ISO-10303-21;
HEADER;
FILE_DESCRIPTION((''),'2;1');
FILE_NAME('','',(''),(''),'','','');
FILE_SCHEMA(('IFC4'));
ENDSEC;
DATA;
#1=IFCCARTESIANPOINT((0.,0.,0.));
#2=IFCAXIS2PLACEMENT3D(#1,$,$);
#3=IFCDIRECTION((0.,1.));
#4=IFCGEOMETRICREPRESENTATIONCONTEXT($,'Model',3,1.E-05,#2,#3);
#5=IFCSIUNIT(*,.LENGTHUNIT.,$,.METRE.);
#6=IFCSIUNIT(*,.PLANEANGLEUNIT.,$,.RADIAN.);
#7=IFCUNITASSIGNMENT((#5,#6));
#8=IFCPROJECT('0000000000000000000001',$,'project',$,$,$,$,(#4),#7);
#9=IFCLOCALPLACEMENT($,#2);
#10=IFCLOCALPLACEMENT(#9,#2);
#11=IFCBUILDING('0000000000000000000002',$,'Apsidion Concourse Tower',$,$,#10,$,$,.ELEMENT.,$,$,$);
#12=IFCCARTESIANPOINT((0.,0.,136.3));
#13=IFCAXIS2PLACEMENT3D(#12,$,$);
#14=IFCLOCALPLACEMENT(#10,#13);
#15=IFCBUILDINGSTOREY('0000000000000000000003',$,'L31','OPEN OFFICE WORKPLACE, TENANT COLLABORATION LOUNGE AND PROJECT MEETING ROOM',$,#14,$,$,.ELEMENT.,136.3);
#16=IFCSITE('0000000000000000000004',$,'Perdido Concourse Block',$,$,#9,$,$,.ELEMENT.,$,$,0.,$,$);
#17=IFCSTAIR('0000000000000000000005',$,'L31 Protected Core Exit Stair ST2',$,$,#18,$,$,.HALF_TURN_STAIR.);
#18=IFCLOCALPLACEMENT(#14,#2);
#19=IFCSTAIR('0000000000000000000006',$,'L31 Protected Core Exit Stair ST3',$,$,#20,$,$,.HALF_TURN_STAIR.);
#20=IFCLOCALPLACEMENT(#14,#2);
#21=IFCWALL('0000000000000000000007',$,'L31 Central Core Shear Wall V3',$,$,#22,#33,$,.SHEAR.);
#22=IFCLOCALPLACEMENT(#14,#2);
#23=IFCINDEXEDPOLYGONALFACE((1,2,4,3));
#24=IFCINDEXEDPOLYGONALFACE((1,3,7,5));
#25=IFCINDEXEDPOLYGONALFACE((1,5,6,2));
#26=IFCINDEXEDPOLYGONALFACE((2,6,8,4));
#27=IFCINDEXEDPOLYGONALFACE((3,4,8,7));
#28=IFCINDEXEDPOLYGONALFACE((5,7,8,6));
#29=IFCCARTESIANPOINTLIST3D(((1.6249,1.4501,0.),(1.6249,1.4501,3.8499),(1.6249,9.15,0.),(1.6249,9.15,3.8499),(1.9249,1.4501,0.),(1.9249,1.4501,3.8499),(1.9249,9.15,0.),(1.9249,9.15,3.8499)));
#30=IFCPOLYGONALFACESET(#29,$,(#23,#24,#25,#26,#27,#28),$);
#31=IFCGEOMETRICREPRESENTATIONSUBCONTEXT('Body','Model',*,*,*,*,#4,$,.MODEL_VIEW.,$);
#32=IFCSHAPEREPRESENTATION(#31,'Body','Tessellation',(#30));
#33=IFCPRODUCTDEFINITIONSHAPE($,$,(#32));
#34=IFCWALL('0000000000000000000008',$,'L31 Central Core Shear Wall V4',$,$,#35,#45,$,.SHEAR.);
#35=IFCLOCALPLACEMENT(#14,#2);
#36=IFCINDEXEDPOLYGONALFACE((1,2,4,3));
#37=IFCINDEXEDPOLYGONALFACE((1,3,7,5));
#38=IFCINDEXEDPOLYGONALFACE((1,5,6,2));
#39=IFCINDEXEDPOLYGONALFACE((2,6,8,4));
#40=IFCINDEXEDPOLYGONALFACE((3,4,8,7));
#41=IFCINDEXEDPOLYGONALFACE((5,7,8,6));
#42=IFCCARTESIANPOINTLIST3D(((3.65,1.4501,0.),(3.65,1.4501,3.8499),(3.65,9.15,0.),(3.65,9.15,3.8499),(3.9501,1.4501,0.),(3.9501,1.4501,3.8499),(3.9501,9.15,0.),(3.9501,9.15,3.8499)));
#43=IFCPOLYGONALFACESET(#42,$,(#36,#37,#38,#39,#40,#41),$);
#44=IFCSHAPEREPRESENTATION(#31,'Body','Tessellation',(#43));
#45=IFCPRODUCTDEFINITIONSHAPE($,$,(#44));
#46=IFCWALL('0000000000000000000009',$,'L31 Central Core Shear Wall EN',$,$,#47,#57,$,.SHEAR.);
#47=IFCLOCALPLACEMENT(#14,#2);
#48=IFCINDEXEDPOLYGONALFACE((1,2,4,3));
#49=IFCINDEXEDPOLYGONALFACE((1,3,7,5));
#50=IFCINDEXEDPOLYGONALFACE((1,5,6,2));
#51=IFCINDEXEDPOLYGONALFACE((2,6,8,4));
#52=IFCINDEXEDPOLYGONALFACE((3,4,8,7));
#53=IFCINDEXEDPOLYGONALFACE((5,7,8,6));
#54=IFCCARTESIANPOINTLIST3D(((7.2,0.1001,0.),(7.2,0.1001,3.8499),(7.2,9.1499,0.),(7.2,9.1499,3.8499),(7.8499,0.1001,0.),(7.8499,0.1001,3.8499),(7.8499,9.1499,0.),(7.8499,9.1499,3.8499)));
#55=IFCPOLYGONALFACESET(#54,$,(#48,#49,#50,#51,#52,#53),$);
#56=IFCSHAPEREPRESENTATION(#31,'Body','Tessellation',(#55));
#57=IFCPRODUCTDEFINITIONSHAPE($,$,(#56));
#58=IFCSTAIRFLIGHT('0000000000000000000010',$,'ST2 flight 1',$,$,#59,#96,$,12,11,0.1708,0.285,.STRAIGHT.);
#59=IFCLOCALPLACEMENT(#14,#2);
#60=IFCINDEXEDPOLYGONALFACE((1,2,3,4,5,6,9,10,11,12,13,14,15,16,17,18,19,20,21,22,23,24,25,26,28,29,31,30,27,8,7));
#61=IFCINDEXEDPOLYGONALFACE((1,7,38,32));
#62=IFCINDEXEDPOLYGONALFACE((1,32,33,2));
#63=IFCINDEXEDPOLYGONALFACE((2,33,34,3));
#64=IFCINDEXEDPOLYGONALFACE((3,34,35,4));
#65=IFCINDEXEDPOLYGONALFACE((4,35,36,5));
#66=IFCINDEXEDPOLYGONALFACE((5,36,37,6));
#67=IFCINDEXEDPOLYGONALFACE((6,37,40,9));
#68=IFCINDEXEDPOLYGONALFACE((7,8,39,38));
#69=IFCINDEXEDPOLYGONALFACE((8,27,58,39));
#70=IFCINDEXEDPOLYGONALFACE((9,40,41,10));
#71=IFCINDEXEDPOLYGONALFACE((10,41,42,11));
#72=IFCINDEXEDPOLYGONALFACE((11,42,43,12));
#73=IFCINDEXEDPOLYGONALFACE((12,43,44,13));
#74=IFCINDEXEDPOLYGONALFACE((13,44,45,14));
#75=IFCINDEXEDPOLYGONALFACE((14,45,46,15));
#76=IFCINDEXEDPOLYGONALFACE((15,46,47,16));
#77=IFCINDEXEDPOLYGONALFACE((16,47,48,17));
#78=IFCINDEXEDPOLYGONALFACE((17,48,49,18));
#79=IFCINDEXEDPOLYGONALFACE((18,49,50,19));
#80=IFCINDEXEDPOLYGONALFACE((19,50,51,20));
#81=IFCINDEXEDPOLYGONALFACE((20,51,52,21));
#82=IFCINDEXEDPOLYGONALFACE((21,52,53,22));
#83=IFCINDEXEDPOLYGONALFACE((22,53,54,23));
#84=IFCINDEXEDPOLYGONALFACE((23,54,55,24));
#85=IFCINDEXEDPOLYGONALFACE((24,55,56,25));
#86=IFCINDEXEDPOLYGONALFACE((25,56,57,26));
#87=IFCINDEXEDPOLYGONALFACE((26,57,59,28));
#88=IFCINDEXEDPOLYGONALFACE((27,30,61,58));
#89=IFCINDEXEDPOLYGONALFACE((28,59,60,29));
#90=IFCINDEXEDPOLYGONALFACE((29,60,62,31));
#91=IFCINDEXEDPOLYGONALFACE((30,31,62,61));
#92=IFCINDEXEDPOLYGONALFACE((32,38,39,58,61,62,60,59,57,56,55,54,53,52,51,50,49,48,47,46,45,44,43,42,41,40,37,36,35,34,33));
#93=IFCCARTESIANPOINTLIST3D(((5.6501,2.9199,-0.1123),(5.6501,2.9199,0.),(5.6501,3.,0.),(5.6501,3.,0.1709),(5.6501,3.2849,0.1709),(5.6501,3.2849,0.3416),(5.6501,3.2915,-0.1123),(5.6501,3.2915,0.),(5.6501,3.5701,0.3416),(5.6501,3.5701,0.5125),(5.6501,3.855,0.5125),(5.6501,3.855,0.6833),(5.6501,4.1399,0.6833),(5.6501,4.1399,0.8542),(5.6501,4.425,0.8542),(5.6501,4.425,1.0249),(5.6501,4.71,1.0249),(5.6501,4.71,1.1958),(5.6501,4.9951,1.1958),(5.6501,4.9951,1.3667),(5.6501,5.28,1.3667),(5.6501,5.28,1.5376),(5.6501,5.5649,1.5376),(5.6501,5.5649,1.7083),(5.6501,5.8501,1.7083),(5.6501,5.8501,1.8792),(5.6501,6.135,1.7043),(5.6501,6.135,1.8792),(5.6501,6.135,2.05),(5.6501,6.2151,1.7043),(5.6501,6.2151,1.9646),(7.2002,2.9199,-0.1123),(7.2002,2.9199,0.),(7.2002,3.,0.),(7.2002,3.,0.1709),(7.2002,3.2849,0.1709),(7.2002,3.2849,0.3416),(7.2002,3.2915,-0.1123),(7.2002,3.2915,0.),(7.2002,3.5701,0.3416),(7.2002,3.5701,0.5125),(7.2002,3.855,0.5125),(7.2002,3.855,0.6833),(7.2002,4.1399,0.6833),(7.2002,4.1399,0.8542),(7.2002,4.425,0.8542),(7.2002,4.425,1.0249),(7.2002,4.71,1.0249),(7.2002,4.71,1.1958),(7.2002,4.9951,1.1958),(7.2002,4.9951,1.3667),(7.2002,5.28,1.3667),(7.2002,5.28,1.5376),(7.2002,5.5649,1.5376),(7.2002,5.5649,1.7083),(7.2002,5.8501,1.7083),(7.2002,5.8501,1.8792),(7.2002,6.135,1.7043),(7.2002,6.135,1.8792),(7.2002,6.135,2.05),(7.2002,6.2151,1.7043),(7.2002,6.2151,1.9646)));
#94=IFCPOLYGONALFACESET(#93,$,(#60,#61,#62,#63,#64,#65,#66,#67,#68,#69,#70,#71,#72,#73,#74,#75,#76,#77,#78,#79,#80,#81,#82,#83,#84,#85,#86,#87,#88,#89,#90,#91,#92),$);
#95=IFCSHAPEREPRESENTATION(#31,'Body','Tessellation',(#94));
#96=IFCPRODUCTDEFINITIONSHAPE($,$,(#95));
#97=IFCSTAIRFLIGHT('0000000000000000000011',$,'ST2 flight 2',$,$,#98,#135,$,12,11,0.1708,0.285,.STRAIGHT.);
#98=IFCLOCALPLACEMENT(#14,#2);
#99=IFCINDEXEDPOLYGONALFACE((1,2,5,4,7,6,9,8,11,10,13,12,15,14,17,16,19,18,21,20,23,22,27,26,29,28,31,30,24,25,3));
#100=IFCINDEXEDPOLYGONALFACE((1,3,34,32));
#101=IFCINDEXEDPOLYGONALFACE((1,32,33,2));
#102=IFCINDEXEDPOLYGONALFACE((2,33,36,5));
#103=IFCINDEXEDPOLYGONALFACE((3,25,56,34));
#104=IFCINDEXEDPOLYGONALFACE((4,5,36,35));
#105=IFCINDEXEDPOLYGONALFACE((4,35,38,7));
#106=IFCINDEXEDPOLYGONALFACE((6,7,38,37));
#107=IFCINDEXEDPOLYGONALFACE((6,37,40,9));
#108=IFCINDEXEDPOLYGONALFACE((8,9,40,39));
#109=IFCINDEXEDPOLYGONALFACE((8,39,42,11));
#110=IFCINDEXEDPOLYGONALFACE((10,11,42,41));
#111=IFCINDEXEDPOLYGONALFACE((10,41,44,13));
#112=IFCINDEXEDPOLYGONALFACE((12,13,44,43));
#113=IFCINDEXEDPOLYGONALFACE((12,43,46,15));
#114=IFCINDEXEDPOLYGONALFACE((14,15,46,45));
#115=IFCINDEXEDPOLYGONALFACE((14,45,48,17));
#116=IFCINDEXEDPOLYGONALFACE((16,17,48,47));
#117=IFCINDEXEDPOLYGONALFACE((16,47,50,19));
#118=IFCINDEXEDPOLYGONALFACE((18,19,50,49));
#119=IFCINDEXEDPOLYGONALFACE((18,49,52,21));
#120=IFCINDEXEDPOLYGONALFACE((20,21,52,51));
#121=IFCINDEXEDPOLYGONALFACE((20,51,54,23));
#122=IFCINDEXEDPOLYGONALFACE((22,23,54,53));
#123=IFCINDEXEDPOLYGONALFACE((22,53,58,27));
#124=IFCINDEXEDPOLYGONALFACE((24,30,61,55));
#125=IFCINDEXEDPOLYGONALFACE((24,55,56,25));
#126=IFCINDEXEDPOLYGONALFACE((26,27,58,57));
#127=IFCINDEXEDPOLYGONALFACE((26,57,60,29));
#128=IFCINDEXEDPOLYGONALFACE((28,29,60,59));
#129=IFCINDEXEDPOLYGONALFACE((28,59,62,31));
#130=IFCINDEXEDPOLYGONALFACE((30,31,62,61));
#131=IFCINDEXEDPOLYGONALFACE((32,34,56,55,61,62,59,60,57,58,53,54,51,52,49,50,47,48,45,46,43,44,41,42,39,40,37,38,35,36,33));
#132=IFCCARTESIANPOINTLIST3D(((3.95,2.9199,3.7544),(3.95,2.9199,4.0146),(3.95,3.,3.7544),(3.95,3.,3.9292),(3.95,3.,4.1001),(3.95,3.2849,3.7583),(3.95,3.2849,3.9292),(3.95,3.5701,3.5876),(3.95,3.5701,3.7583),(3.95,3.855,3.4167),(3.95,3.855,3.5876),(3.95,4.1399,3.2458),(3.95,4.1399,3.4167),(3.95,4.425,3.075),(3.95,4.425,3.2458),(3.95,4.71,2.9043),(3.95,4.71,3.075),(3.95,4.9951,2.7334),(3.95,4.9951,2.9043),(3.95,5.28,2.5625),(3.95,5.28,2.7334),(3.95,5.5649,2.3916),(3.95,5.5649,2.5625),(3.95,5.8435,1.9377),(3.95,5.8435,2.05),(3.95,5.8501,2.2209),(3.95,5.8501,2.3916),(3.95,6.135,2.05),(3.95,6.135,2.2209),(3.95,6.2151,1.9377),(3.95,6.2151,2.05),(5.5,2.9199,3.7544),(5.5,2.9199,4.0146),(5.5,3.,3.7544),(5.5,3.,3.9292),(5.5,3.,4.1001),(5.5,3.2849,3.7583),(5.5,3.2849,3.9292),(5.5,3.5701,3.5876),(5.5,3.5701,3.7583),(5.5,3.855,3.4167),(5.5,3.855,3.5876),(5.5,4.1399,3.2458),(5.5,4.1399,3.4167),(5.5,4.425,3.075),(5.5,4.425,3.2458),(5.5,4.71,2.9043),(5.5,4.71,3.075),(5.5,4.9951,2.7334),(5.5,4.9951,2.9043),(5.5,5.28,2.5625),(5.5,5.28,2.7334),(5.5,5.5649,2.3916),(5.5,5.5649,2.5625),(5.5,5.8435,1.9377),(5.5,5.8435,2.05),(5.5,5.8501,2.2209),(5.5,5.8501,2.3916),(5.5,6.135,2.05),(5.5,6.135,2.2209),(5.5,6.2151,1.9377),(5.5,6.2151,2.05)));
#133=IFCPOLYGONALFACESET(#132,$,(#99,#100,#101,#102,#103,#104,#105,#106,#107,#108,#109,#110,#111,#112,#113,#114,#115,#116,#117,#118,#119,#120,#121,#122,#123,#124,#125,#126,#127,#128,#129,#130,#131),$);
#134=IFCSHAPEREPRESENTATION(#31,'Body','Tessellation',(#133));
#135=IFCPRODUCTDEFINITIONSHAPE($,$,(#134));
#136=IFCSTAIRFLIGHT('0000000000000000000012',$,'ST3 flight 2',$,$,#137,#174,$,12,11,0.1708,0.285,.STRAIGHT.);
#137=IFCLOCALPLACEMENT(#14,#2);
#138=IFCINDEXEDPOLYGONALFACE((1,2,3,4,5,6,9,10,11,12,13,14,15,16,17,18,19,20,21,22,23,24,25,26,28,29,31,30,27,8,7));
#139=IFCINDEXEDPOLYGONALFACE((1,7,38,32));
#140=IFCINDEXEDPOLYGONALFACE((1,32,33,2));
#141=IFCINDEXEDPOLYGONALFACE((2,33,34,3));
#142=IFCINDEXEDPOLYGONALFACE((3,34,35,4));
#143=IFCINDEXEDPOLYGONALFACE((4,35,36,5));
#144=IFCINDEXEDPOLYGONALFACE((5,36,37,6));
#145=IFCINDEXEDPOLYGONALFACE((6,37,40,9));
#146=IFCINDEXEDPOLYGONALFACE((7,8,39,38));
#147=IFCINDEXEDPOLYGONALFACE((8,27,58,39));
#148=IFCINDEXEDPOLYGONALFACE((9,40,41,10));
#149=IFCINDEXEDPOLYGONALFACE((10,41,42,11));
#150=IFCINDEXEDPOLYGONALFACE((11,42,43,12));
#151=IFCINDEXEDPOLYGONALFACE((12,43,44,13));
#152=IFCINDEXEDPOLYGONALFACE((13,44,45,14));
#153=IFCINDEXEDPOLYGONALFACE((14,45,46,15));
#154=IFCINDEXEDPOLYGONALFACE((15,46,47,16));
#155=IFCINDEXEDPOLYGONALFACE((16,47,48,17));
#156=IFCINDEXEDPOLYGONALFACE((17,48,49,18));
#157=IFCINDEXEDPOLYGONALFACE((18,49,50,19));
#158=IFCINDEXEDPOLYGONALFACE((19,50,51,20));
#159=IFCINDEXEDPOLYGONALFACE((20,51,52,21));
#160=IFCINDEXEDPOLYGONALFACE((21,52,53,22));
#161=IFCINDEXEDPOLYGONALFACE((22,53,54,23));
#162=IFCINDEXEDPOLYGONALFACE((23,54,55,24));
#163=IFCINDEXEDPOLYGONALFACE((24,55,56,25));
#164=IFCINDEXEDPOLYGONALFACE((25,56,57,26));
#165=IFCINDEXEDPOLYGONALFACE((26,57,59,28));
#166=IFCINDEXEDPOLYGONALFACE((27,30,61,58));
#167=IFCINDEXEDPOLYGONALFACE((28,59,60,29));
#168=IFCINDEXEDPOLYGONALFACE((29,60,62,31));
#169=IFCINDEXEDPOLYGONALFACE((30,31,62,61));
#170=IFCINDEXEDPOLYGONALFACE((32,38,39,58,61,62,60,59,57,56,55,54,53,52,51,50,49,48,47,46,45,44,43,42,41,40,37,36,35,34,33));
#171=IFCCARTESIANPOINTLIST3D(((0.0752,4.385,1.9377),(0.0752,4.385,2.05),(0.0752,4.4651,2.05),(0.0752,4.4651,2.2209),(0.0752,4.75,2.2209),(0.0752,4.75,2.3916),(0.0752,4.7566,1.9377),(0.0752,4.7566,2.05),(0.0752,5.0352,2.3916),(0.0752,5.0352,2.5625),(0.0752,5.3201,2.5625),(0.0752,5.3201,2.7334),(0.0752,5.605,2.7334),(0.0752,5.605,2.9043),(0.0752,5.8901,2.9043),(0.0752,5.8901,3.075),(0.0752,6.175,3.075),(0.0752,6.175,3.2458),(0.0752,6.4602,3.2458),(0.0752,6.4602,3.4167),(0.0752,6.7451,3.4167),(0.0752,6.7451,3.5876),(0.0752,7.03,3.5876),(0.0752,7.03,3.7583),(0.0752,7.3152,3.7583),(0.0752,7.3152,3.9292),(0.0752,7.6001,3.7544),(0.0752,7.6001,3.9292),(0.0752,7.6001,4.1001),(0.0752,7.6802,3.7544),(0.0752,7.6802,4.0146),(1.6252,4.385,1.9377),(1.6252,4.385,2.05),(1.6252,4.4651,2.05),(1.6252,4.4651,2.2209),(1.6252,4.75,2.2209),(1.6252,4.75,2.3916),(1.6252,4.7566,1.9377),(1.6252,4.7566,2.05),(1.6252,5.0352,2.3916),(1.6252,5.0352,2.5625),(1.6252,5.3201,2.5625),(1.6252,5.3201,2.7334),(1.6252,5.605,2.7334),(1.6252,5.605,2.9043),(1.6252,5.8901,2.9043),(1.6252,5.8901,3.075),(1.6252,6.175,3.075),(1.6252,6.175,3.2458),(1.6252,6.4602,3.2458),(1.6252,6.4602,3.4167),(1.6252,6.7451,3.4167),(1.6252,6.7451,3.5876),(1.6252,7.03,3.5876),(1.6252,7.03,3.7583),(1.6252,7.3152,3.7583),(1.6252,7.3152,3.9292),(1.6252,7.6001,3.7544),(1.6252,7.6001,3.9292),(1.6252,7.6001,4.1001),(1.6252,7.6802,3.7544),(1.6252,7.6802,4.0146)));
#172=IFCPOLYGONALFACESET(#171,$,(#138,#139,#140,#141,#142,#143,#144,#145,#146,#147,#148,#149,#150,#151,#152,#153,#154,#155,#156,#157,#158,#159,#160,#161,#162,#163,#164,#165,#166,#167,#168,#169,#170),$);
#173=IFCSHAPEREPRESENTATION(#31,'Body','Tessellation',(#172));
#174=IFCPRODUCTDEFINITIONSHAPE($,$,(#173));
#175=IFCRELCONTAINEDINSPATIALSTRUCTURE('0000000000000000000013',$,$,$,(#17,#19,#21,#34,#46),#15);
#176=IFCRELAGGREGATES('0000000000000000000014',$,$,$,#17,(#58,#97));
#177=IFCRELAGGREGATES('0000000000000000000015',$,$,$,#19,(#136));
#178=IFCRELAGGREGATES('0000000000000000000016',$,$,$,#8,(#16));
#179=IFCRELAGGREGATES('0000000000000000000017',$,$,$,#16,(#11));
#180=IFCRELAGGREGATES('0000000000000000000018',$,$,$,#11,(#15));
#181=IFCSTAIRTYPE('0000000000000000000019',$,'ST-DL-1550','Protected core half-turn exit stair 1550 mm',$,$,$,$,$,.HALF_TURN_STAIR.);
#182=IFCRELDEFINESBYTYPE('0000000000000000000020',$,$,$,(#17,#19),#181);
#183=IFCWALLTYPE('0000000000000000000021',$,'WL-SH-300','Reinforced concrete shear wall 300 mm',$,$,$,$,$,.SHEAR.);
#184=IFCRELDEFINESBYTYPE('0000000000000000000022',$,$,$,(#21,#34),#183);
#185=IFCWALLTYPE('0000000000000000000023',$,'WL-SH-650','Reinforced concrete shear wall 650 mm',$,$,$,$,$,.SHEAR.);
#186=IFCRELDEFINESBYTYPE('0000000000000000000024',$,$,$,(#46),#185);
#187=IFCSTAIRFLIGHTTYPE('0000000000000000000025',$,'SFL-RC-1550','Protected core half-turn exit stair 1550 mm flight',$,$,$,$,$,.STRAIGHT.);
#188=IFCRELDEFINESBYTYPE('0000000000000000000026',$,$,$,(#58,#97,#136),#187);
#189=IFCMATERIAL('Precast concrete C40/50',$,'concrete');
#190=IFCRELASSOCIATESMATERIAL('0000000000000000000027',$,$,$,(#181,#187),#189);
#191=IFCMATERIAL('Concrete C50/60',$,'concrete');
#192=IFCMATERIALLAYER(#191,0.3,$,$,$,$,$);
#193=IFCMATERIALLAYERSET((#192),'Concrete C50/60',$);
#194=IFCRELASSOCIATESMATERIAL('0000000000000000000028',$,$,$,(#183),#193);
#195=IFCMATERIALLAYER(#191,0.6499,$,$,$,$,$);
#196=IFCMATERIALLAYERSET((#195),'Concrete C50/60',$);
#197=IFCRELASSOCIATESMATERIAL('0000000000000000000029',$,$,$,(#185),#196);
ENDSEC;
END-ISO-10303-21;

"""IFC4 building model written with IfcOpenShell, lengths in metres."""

from ifc_helpers import new_model, si_unit, direction, frame, frame_2d, origin, place, context, subcontext, project, spatial, polyline, rectangle, outline, extrude, material, layer, layer_set, type_object, element, aggregate, save


model = new_model("IFC4")

# Units and contexts
model_context = context("Model", 3, precision=1e-05, world=origin(), true_north=direction((0.0, 1.0)))
body_context = subcontext(model_context, "Body", "Model", "MODEL_VIEW")
ifc_project = project(units=[si_unit("LENGTHUNIT", "METRE"), si_unit("PLANEANGLEUNIT", "RADIAN")], contexts=[model_context])

# Site, building, storey
site_placement = place(None, origin())
site = spatial("IfcSite", under=ifc_project, at=site_placement, Name="Perdido Concourse Block", CompositionType="ELEMENT", RefElevation=0.0)
building_placement = place(site_placement, origin())
building = spatial("IfcBuilding", under=site, at=building_placement, Name="Apsidion Concourse Tower", CompositionType="ELEMENT")
storey_placement = place(building_placement, frame((0.0, 0.0, 136.3)))
storey = spatial("IfcBuildingStorey", under=building, at=storey_placement, Name="L31", Description="OPEN OFFICE WORKPLACE, TENANT COLLABORATION LOUNGE AND PROJECT MEETING ROOM", CompositionType="ELEMENT", Elevation=136.3)

# Shared definitions
ifc_material_1 = material(Name="Concrete C50/60", Category="concrete")

# Stairs
ifc_material_2 = material(Name="Precast concrete C40/50", Category="concrete")
stair_type = type_object("IfcStairType", Name="ST-DL-1550", Description="Protected core half-turn exit stair 1550 mm", PredefinedType="HALF_TURN_STAIR", material=ifc_material_2)
stair_1_placement = place(storey_placement, origin())
stair_1 = element("IfcStair", 1, at=stair_1_placement, inside=storey, type_object=stair_type, Name="L31 Protected Core Exit Stair ST2", PredefinedType="HALF_TURN_STAIR")
stair_2_placement = place(storey_placement, origin())
stair_2 = element("IfcStair", 2, at=stair_2_placement, inside=storey, type_object=stair_type, Name="L31 Protected Core Exit Stair ST3", PredefinedType="HALF_TURN_STAIR")

# Walls
ifc_layer_1 = layer(ifc_material_1, 0.3)
ifc_layer_set_1 = layer_set([ifc_layer_1], Name="Concrete C50/60")
wall_type_1 = type_object("IfcWallType", Name="WL-SH-300", Description="Reinforced concrete shear wall 300 mm", PredefinedType="SHEAR", material=ifc_layer_set_1)
for number, where, z_axis, x_axis, name in (
    (3, (1.7749, 1.45, 0.0), (0.0, 0.0, 1.0), (0.0, 1.0, 0.0), "L31 Central Core Shear Wall V3"),
    (4, (3.8, 1.45, 0.0), (0.0, 0.0, 1.0), (0.0, 1.0, 0.0), "L31 Central Core Shear Wall V4"),
):
    element("IfcWall", number, at=place(storey_placement, frame(where, z_axis=z_axis, x_axis=x_axis)), inside=storey, type_object=wall_type_1, Name=name, PredefinedType="SHEAR", context=body_context, shape_type="SweptSolid", body=[
        extrude(rectangle(XDim=7.7, YDim=0.3, at=frame_2d((3.8501, 0.0))), origin(), (0.0, 0.0, 1.0), 3.8499),
    ])
ifc_layer_2 = layer(ifc_material_1, 0.6499)
ifc_layer_set_2 = layer_set([ifc_layer_2], Name="Concrete C50/60")
wall_type_2 = type_object("IfcWallType", Name="WL-SH-650", Description="Reinforced concrete shear wall 650 mm", PredefinedType="SHEAR", material=ifc_layer_set_2)
wall_1_placement = place(storey_placement, frame((7.5249, 0.1001, 0.0), z_axis=(0.0, 0.0, 1.0), x_axis=(0.0, 1.0, 0.0)))
element("IfcWall", 5, at=wall_1_placement, inside=storey, type_object=wall_type_2, Name="L31 Central Core Shear Wall EN", PredefinedType="SHEAR", context=body_context, shape_type="SweptSolid", body=[
    extrude(rectangle(XDim=9.0498, YDim=0.6499, at=frame_2d((4.5249, 0.0))), origin(), (0.0, 0.0, 1.0), 3.8499),
])

# Stair flights
stair_flight_type = type_object("IfcStairFlightType", Name="SFL-RC-1550", Description="Protected core half-turn exit stair 1550 mm flight", PredefinedType="STRAIGHT", material=ifc_material_2)
stair_flight_1_placement = place(storey_placement, frame((6.425, 3.0, 0.0), z_axis=(0.0, 0.0, 1.0), x_axis=(0.0, 1.0, 0.0)))
stair_flight_1 = element("IfcStairFlight", 6, at=stair_flight_1_placement, type_object=stair_flight_type, Name="ST2 flight 1", NumberOfRisers=12, NumberOfTreads=11, PredefinedType="STRAIGHT", RiserHeight=0.1708, TreadLength=0.285, context=body_context, shape_type="SweptSolid", body=[
    extrude(outline(polyline([(-0.0801, -0.1123), (-0.0801, 0.0), (0.0, 0.0), (0.0, 0.1709), (0.2849, 0.1709), (0.2849, 0.3416), (0.5701, 0.3416), (0.5701, 0.5125), (0.855, 0.5125), (0.855, 0.6833), (1.1399, 0.6833), (1.1399, 0.8542), (1.425, 0.8542), (1.425, 1.0249), (1.71, 1.0249), (1.71, 1.1958), (1.9951, 1.1958), (1.9951, 1.3667), (2.28, 1.3667), (2.28, 1.5376), (2.5649, 1.5376), (2.5649, 1.7083), (2.8501, 1.7083), (2.8501, 1.8792), (3.135, 1.8792), (3.135, 2.05), (3.2151, 1.9646), (3.2151, 1.7043), (3.135, 1.7043), (0.2915, 0.0), (0.2915, -0.1123), (-0.0801, -0.1123)])), frame((0.0, 0.7749, 0.0), z_axis=(0.0, -1.0, 0.0), x_axis=(1.0, 0.0, 0.0)), (0.0, 0.0, 1.0), 1.55),
])
stair_flight_2_placement = place(storey_placement, frame((4.7251, 6.135, 2.05), z_axis=(0.0, 0.0, 1.0), x_axis=(0.0, -1.0, 0.0)))
stair_flight_2 = element("IfcStairFlight", 7, at=stair_flight_2_placement, type_object=stair_flight_type, Name="ST2 flight 2", NumberOfRisers=12, NumberOfTreads=11, PredefinedType="STRAIGHT", RiserHeight=0.1708, TreadLength=0.285, context=body_context, shape_type="SweptSolid", body=[
    extrude(outline(polyline([(-0.0801, -0.1123), (-0.0801, 0.0), (0.0, 0.0), (0.0, 0.1709), (0.2849, 0.1709), (0.2849, 0.3416), (0.5701, 0.3416), (0.5701, 0.5125), (0.855, 0.5125), (0.855, 0.6833), (1.1399, 0.6833), (1.1399, 0.8542), (1.425, 0.8542), (1.425, 1.0249), (1.71, 1.0249), (1.71, 1.1958), (1.9951, 1.1958), (1.9951, 1.3667), (2.28, 1.3667), (2.28, 1.5376), (2.5649, 1.5376), (2.5649, 1.7083), (2.8501, 1.7083), (2.8501, 1.8792), (3.135, 1.8792), (3.135, 2.05), (3.2151, 1.9646), (3.2151, 1.7043), (3.135, 1.7043), (0.2915, 0.0), (0.2915, -0.1123), (-0.0801, -0.1123)])), frame((0.0, 0.7749, 0.0), z_axis=(0.0, -1.0, 0.0), x_axis=(1.0, 0.0, 0.0)), (0.0, 0.0, 1.0), 1.55),
])
aggregate(stair_1, [stair_flight_1, stair_flight_2])
stair_flight_3_placement = place(storey_placement, frame((0.8501, 4.4651, 2.05), z_axis=(0.0, 0.0, 1.0), x_axis=(0.0, 1.0, 0.0)))
stair_flight_3 = element("IfcStairFlight", 8, at=stair_flight_3_placement, type_object=stair_flight_type, Name="ST3 flight 2", NumberOfRisers=12, NumberOfTreads=11, PredefinedType="STRAIGHT", RiserHeight=0.1708, TreadLength=0.285, context=body_context, shape_type="SweptSolid", body=[
    extrude(outline(polyline([(-0.0801, -0.1123), (-0.0801, 0.0), (0.0, 0.0), (0.0, 0.1709), (0.2849, 0.1709), (0.2849, 0.3416), (0.5701, 0.3416), (0.5701, 0.5125), (0.855, 0.5125), (0.855, 0.6833), (1.1399, 0.6833), (1.1399, 0.8542), (1.425, 0.8542), (1.425, 1.0249), (1.71, 1.0249), (1.71, 1.1958), (1.9951, 1.1958), (1.9951, 1.3667), (2.28, 1.3667), (2.28, 1.5376), (2.5649, 1.5376), (2.5649, 1.7083), (2.8501, 1.7083), (2.8501, 1.8792), (3.135, 1.8792), (3.135, 2.05), (3.2151, 1.9646), (3.2151, 1.7043), (3.135, 1.7043), (0.2915, 0.0), (0.2915, -0.1123), (-0.0801, -0.1123)])), frame((0.0, 0.7749, 0.0), z_axis=(0.0, -1.0, 0.0), x_axis=(1.0, 0.0, 0.0)), (0.0, 0.0, 1.0), 1.55),
])
aggregate(stair_2, [stair_flight_3])

save(model, "model.ifc")
